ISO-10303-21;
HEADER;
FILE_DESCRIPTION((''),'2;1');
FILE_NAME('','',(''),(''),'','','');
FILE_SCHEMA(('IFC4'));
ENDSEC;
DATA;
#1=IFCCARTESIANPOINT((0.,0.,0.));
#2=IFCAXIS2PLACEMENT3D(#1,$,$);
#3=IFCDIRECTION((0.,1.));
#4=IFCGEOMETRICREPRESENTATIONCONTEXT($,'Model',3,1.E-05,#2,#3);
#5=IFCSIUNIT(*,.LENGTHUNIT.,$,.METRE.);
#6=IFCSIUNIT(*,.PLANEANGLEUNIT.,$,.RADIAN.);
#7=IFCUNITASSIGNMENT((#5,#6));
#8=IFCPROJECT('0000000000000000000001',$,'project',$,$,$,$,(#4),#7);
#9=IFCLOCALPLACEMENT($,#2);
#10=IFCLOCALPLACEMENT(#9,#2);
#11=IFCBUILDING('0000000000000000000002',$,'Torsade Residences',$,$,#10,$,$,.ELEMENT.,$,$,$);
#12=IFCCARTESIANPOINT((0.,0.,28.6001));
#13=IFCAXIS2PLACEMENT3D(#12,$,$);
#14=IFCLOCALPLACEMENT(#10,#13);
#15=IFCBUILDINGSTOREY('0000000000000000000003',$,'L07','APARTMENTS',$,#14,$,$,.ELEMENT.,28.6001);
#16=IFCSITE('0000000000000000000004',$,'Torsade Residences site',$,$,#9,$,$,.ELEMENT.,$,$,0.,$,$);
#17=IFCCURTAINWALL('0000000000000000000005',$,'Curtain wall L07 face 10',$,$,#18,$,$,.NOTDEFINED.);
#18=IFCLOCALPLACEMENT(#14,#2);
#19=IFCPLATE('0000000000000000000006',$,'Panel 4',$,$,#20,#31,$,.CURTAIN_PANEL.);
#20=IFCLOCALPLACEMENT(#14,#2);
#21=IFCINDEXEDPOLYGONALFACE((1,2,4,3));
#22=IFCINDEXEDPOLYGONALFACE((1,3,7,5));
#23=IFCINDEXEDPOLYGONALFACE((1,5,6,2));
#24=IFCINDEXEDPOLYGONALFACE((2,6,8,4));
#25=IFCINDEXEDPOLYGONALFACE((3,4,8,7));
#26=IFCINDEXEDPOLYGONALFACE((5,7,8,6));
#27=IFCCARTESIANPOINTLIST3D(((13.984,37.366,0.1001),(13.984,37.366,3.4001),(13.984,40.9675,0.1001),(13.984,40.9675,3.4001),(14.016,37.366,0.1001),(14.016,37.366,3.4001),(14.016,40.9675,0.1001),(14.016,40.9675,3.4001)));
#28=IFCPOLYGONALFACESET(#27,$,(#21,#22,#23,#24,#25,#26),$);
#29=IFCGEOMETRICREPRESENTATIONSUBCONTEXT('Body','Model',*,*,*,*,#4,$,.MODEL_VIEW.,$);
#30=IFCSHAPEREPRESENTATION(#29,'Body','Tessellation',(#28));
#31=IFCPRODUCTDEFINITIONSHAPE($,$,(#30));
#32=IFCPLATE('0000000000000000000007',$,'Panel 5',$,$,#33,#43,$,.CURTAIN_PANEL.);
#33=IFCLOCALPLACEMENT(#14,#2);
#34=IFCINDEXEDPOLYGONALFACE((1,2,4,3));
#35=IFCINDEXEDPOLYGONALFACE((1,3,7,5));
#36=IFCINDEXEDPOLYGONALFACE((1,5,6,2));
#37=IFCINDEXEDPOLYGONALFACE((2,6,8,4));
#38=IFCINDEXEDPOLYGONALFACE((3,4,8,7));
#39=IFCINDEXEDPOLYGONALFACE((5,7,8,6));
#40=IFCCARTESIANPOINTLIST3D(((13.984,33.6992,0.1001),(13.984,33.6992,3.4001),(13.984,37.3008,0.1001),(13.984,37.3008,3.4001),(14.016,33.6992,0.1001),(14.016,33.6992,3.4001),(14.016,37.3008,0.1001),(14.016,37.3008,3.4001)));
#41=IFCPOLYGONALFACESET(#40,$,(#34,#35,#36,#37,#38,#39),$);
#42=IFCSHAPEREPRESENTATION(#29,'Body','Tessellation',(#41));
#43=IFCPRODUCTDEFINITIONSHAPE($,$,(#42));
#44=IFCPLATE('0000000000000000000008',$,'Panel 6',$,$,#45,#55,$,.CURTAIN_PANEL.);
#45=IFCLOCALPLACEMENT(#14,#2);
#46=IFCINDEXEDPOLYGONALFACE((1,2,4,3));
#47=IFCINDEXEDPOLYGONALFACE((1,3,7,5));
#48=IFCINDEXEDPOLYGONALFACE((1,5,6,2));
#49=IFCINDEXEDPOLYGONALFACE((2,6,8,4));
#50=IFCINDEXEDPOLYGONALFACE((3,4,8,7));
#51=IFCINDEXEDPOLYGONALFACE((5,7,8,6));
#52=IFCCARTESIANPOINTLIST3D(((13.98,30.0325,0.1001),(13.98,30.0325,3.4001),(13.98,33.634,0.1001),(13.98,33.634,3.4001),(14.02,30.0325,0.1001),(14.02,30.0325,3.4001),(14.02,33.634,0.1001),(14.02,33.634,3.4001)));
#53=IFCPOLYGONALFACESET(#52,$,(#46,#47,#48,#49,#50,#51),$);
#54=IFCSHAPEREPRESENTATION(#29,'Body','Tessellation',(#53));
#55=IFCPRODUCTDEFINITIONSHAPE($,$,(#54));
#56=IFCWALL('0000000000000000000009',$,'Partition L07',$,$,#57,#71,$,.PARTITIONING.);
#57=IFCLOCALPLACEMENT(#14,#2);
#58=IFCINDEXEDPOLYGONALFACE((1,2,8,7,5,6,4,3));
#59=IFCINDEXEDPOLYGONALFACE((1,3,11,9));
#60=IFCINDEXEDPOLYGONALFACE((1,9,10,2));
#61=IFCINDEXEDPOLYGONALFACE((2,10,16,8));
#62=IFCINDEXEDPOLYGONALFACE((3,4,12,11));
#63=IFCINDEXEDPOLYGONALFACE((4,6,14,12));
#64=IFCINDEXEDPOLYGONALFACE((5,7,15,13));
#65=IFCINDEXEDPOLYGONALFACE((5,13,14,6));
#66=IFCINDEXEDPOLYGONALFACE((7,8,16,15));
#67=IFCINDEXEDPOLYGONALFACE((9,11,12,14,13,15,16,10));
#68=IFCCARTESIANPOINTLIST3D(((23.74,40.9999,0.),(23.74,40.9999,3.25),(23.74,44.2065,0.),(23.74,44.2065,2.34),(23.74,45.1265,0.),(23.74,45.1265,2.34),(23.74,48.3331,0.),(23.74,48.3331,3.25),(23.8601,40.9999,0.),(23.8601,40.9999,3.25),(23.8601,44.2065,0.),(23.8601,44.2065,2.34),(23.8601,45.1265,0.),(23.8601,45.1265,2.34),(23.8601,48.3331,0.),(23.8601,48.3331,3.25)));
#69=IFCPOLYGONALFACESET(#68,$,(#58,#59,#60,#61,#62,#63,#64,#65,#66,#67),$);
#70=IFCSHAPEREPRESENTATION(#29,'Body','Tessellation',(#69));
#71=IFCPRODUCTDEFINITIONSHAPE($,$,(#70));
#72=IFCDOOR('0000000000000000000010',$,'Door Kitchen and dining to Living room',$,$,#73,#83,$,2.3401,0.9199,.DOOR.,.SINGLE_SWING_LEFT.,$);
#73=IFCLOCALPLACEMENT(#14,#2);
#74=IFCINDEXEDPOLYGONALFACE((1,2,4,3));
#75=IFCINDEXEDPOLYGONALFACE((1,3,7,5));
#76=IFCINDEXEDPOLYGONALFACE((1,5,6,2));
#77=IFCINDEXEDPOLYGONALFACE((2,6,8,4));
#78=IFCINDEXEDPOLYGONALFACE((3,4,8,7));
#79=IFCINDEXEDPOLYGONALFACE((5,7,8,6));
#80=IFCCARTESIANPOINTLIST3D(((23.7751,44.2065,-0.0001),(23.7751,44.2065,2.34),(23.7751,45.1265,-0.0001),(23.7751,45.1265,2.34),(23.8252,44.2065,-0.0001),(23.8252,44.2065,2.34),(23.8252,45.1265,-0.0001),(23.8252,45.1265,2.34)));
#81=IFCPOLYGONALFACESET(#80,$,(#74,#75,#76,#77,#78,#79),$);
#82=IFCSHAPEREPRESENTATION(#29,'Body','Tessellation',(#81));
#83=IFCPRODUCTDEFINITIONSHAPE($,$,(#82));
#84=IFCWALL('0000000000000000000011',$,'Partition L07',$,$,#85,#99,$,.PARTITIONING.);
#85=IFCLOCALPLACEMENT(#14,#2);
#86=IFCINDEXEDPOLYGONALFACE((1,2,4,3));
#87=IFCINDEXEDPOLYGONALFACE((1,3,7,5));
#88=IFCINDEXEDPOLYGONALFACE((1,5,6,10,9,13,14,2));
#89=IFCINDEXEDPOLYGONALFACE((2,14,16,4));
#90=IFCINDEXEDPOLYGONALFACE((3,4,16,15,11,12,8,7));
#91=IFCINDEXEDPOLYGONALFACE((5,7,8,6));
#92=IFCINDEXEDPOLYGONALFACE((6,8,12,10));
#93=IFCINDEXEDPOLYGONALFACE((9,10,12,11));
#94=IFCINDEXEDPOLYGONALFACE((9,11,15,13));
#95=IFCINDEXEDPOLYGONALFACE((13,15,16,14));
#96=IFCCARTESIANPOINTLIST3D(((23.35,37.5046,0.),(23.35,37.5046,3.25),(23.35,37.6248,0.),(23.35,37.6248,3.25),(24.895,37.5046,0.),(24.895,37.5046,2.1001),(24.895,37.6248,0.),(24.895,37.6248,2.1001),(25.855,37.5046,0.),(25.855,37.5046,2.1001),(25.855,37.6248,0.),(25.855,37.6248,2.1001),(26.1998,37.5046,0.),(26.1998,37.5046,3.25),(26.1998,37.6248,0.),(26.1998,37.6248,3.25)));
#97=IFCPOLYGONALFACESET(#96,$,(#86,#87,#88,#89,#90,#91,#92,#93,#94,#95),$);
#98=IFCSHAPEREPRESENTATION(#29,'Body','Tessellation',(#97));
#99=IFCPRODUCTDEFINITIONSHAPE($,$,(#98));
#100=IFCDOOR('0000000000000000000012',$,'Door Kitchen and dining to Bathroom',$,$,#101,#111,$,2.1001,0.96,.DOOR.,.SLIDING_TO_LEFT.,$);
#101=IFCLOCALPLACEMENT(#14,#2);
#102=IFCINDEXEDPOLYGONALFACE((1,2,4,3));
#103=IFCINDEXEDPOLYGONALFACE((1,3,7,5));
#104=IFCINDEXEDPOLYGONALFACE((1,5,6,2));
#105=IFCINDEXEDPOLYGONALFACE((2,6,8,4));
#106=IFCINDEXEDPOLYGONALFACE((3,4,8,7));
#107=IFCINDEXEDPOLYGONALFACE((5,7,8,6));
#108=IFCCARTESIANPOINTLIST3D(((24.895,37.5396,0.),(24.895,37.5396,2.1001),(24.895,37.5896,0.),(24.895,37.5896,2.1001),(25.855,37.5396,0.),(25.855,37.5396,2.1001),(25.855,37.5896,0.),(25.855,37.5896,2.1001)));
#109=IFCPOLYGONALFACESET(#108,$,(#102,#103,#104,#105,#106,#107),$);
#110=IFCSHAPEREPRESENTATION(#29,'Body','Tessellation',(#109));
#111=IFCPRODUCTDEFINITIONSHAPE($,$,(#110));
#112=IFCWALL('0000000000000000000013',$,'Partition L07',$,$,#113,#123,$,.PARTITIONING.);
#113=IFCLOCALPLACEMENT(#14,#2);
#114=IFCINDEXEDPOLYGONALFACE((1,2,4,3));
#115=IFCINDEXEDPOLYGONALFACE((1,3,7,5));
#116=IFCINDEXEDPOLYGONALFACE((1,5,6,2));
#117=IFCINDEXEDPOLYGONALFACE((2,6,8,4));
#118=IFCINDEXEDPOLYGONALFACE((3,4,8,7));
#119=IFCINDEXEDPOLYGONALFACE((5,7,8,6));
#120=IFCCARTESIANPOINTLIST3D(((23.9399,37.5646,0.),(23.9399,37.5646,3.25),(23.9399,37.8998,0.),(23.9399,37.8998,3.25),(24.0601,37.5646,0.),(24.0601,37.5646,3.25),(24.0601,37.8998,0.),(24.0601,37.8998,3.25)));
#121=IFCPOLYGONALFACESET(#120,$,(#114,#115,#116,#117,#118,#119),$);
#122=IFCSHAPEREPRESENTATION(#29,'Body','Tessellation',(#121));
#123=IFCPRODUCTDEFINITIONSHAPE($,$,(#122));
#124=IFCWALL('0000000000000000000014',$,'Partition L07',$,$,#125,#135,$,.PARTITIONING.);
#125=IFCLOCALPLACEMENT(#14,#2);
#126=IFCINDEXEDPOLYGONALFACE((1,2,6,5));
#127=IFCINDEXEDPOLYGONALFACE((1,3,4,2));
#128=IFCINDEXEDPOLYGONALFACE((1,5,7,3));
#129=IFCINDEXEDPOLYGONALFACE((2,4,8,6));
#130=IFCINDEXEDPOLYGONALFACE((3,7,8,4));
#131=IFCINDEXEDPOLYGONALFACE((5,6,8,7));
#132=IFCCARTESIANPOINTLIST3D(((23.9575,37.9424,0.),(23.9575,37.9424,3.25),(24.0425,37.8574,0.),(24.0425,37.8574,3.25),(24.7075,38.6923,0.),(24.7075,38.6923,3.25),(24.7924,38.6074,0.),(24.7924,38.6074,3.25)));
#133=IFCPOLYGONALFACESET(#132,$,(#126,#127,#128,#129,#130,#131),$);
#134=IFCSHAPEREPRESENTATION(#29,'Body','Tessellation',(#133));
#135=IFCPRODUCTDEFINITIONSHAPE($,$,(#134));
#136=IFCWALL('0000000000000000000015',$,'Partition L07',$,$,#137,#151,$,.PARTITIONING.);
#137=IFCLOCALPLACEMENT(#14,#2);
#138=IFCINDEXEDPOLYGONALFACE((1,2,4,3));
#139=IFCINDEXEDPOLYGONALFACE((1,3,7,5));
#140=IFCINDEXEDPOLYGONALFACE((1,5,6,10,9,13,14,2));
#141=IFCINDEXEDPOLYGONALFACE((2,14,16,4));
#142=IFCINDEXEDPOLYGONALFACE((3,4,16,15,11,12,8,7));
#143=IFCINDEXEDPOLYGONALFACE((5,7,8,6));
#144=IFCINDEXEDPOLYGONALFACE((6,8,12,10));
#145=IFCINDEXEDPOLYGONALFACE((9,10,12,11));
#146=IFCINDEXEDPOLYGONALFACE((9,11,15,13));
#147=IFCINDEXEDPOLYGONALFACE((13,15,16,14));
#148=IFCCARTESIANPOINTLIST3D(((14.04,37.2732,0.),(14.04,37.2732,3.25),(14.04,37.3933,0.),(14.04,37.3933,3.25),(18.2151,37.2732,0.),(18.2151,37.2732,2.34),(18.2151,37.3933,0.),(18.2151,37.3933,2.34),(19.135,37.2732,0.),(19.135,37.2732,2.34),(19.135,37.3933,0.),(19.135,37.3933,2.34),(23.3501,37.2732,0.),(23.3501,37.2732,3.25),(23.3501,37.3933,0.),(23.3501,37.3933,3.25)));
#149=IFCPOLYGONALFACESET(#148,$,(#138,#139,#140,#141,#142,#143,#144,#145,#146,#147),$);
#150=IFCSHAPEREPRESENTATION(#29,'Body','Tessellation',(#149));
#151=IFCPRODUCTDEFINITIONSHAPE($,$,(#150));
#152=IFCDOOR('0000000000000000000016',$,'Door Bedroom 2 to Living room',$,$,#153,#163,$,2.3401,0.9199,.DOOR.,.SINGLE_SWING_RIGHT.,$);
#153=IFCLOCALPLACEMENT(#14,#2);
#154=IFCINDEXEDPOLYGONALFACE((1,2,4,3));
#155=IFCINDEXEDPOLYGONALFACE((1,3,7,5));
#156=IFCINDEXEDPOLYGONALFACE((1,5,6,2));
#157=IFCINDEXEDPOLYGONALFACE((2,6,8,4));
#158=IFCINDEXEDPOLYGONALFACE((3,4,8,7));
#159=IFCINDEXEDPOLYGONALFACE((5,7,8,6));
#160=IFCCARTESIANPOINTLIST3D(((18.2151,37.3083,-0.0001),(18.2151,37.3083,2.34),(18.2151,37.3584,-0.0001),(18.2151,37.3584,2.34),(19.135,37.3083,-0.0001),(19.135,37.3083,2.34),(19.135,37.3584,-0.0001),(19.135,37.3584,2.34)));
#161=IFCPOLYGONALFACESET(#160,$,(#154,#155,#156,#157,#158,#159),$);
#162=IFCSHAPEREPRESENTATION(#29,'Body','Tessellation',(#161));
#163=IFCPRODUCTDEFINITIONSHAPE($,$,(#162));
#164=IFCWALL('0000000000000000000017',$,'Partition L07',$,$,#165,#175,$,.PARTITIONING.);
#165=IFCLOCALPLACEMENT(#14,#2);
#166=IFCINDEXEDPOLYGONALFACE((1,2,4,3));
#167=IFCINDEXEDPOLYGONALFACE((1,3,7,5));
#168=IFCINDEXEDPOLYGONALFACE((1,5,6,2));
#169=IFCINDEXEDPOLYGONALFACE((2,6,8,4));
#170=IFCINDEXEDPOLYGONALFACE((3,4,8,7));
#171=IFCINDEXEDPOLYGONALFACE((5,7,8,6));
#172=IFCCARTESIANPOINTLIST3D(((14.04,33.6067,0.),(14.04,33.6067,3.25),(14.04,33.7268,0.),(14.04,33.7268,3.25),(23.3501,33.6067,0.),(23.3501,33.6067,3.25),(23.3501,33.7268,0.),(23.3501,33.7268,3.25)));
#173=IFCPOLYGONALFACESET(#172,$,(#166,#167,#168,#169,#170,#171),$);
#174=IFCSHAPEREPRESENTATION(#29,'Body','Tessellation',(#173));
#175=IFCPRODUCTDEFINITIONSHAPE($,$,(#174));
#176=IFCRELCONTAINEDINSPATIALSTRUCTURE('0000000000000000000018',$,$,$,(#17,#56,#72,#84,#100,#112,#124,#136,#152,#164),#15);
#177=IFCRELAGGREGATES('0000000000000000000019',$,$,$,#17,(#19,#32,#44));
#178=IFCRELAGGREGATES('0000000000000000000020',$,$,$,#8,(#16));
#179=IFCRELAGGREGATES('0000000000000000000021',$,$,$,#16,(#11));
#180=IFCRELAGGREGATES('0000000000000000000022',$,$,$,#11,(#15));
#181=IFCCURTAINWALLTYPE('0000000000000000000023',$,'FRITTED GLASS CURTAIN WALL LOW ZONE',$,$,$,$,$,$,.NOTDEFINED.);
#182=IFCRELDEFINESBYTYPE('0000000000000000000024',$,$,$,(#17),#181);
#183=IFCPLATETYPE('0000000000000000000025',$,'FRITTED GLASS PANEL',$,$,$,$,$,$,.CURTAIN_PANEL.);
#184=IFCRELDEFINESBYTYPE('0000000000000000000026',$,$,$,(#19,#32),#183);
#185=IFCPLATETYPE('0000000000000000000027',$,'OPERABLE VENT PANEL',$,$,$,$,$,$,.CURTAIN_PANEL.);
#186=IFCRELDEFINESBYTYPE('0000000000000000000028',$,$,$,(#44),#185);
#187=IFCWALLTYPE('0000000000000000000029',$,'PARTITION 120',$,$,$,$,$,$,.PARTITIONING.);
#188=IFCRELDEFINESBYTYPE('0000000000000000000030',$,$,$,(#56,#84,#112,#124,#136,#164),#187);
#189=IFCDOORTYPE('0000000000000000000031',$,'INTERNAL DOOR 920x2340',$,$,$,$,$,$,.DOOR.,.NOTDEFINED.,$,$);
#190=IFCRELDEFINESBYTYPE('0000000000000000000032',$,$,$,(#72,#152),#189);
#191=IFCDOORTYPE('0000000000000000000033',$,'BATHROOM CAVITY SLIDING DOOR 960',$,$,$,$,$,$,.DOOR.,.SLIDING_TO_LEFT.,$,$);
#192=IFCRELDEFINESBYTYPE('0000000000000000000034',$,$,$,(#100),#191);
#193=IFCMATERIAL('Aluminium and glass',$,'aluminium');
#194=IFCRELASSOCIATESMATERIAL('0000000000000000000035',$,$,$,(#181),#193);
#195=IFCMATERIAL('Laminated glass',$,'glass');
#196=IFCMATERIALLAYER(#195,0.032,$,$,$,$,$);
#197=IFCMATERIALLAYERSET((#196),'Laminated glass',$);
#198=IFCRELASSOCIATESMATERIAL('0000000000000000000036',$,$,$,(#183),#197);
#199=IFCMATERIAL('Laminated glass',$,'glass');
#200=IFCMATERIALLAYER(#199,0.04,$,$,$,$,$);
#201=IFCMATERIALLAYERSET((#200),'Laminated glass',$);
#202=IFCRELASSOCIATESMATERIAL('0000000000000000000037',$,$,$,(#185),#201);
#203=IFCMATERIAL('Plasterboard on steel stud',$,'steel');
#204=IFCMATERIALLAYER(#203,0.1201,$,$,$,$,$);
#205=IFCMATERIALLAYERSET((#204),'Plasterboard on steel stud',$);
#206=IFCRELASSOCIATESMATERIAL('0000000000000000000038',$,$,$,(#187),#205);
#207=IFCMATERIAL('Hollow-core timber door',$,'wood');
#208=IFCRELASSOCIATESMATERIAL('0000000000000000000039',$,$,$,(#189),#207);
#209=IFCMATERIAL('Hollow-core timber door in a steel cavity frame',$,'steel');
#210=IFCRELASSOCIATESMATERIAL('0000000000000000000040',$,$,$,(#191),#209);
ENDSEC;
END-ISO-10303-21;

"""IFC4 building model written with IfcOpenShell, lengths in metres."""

from ifc_helpers import new_model, si_unit, direction, frame, frame_2d, origin, origin_2d, place, context, subcontext, project, spatial, rectangle, extrude, material, layer, layer_set, type_object, element, fill, aggregate, save


model = new_model("IFC4")

# Units and contexts
model_context = context("Model", 3, precision=1e-05, world=origin(), true_north=direction((0.0, 1.0)))
body_context = subcontext(model_context, "Body", "Model", "MODEL_VIEW")
ifc_project = project(units=[si_unit("LENGTHUNIT", "METRE"), si_unit("PLANEANGLEUNIT", "RADIAN")], contexts=[model_context])

# Site, building, storey
site_placement = place(None, origin())
site = spatial("IfcSite", under=ifc_project, at=site_placement, Name="Torsade Residences site", CompositionType="ELEMENT", RefElevation=0.0)
building_placement = place(site_placement, origin())
building = spatial("IfcBuilding", under=site, at=building_placement, Name="Torsade Residences", CompositionType="ELEMENT")
storey_placement = place(building_placement, frame((0.0, 0.0, 28.6001)))
storey = spatial("IfcBuildingStorey", under=building, at=storey_placement, Name="L07", Description="APARTMENTS", CompositionType="ELEMENT", Elevation=28.6001)

# Curtain wall
ifc_material_1 = material(Name="Aluminium and glass", Category="aluminium")
curtain_wall_type = type_object("IfcCurtainWallType", Name="FRITTED GLASS CURTAIN WALL LOW ZONE", PredefinedType="NOTDEFINED", material=ifc_material_1)
curtain_wall_placement = place(storey_placement, origin())
curtain_wall = element("IfcCurtainWall", 1, at=curtain_wall_placement, inside=storey, type_object=curtain_wall_type, Name="Curtain wall L07 face 10", PredefinedType="NOTDEFINED")

# Plates
ifc_material_2 = material(Name="Laminated glass", Category="glass")
ifc_layer_1 = layer(ifc_material_2, 0.032)
ifc_layer_set_1 = layer_set([ifc_layer_1], Name="Laminated glass")
plate_type_1 = type_object("IfcPlateType", Name="FRITTED GLASS PANEL", PredefinedType="CURTAIN_PANEL", material=ifc_layer_set_1)
plate_1_placement = place(storey_placement, frame((14.0, 39.1667, 0.1001), z_axis=(0.0, 0.0, 1.0), x_axis=(0.0, -1.0, 0.0)))
plate_1 = element("IfcPlate", 2, at=plate_1_placement, type_object=plate_type_1, Name="Panel 4", PredefinedType="CURTAIN_PANEL", context=body_context, shape_type="SweptSolid", body=[
    extrude(rectangle(XDim=3.6016, YDim=0.032, at=origin_2d()), origin(), (0.0, 0.0, 1.0), 3.3),
])
plate_2_placement = place(storey_placement, frame((14.0, 35.5, 0.1001), z_axis=(0.0, 0.0, 1.0), x_axis=(0.0, -1.0, 0.0)))
plate_2 = element("IfcPlate", 3, at=plate_2_placement, type_object=plate_type_1, Name="Panel 5", PredefinedType="CURTAIN_PANEL", context=body_context, shape_type="SweptSolid", body=[
    extrude(rectangle(XDim=3.6016, YDim=0.032, at=origin_2d()), origin(), (0.0, 0.0, 1.0), 3.3),
])
ifc_material_3 = material(Name="Laminated glass", Category="glass")
ifc_layer_2 = layer(ifc_material_3, 0.04)
ifc_layer_set_2 = layer_set([ifc_layer_2], Name="Laminated glass")
plate_type_2 = type_object("IfcPlateType", Name="OPERABLE VENT PANEL", PredefinedType="CURTAIN_PANEL", material=ifc_layer_set_2)
plate_3_placement = place(storey_placement, frame((14.0, 31.8333, 0.1001), z_axis=(0.0, 0.0, 1.0), x_axis=(0.0, -1.0, 0.0)))
plate_3 = element("IfcPlate", 4, at=plate_3_placement, type_object=plate_type_2, Name="Panel 6", PredefinedType="CURTAIN_PANEL", context=body_context, shape_type="SweptSolid", body=[
    extrude(rectangle(XDim=3.6016, YDim=0.04, at=origin_2d()), origin(), (0.0, 0.0, 1.0), 3.3),
])
aggregate(curtain_wall, [plate_1, plate_2, plate_3])

# Walls, openings, doors
ifc_material_4 = material(Name="Plasterboard on steel stud", Category="steel")
ifc_layer_3 = layer(ifc_material_4, 0.1201)
ifc_layer_set_3 = layer_set([ifc_layer_3], Name="Plasterboard on steel stud")
wall_type_1 = type_object("IfcWallType", Name="PARTITION 120", PredefinedType="PARTITIONING", material=ifc_layer_set_3)
wall_1_placement = place(storey_placement, frame((23.8, 41.0, 0.0), z_axis=(0.0, 0.0, 1.0), x_axis=(0.0, 1.0, 0.0)))
wall_1 = element("IfcWall", 5, at=wall_1_placement, inside=storey, type_object=wall_type_1, Name="Partition L07", PredefinedType="PARTITIONING", context=body_context, shape_type="SweptSolid", body=[
    extrude(rectangle(XDim=7.3333, YDim=0.1201, at=frame_2d((3.6665, 0.0))), origin(), (0.0, 0.0, 1.0), 3.25),
])
opening_1_placement = place(wall_1_placement, frame((3.2065, 0.0, 0.0)))
opening_1 = element("IfcOpeningElement", 6, at=opening_1_placement, cuts=wall_1, PredefinedType="OPENING", context=body_context, shape_type="SweptSolid", body=[
    extrude(rectangle(XDim=0.9199, YDim=2.3401, at=frame_2d((0.46, 1.1699))), frame((0.0, 0.0701, 0.0), z_axis=(0.0, -1.0, 0.0), x_axis=(1.0, 0.0, 0.0)), (0.0, 0.0, 1.0), 0.1401),
])
ifc_material_5 = material(Name="Hollow-core timber door", Category="wood")
door_type_1 = type_object("IfcDoorType", Name="INTERNAL DOOR 920x2340", OperationType="NOTDEFINED", PredefinedType="DOOR", material=ifc_material_5)
door_1_placement = place(opening_1_placement, origin())
door_1 = element("IfcDoor", 7, at=door_1_placement, inside=storey, type_object=door_type_1, Name="Door Kitchen and dining to Living room", OperationType="SINGLE_SWING_LEFT", OverallHeight=2.3401, OverallWidth=0.9199, PredefinedType="DOOR", context=body_context, shape_type="SweptSolid", body=[
    extrude(rectangle(XDim=0.9199, YDim=2.3401, at=frame_2d((0.46, 1.1699))), frame((0.0, 0.0249, 0.0), z_axis=(0.0, -1.0, 0.0), x_axis=(1.0, 0.0, 0.0)), (0.0, 0.0, 1.0), 0.05),
])
fill(opening_1, door_1)
wall_2_placement = place(storey_placement, frame((23.3501, 37.5647, 0.0), z_axis=(0.0, 0.0, 1.0), x_axis=(1.0, 0.0, 0.0)))
wall_2 = element("IfcWall", 8, at=wall_2_placement, inside=storey, type_object=wall_type_1, Name="Partition L07", PredefinedType="PARTITIONING", context=body_context, shape_type="SweptSolid", body=[
    extrude(rectangle(XDim=2.8499, YDim=0.1201, at=frame_2d((1.4248, 0.0))), origin(), (0.0, 0.0, 1.0), 3.25),
])
opening_2_placement = place(wall_2_placement, frame((1.5449, 0.0, 0.0)))
opening_2 = element("IfcOpeningElement", 9, at=opening_2_placement, cuts=wall_2, PredefinedType="OPENING", context=body_context, shape_type="SweptSolid", body=[
    extrude(rectangle(XDim=0.96, YDim=2.1001, at=frame_2d((0.48, 1.05))), frame((0.0, 0.0701, 0.0), z_axis=(0.0, -1.0, 0.0), x_axis=(1.0, 0.0, 0.0)), (0.0, 0.0, 1.0), 0.1401),
])
ifc_material_6 = material(Name="Hollow-core timber door in a steel cavity frame", Category="steel")
door_type_2 = type_object("IfcDoorType", Name="BATHROOM CAVITY SLIDING DOOR 960", OperationType="SLIDING_TO_LEFT", PredefinedType="DOOR", material=ifc_material_6)
door_2_placement = place(opening_2_placement, origin())
door_2 = element("IfcDoor", 10, at=door_2_placement, inside=storey, type_object=door_type_2, Name="Door Kitchen and dining to Bathroom", OperationType="SLIDING_TO_LEFT", OverallHeight=2.1001, OverallWidth=0.96, PredefinedType="DOOR", context=body_context, shape_type="SweptSolid", body=[
    extrude(rectangle(XDim=0.96, YDim=2.1001, at=frame_2d((0.48, 1.05))), frame((0.0, 0.0249, 0.0), z_axis=(0.0, -1.0, 0.0), x_axis=(1.0, 0.0, 0.0)), (0.0, 0.0, 1.0), 0.05),
])
fill(opening_2, door_2)

# Walls
wall_3_placement = place(storey_placement, frame((24.0, 37.5647, 0.0), z_axis=(0.0, 0.0, 1.0), x_axis=(0.0, 1.0, 0.0)))
element("IfcWall", 11, at=wall_3_placement, inside=storey, type_object=wall_type_1, Name="Partition L07", PredefinedType="PARTITIONING", context=body_context, shape_type="SweptSolid", body=[
    extrude(rectangle(XDim=0.3352, YDim=0.1201, at=frame_2d((0.1675, 0.0))), origin(), (0.0, 0.0, 1.0), 3.25),
])
wall_4_placement = place(storey_placement, frame((24.0, 37.8999, 0.0), z_axis=(0.0, 0.0, 1.0), x_axis=(0.707107, 0.707107, 0.0)))
element("IfcWall", 12, at=wall_4_placement, inside=storey, type_object=wall_type_1, Name="Partition L07", PredefinedType="PARTITIONING", context=body_context, shape_type="SweptSolid", body=[
    extrude(rectangle(XDim=1.0605, YDim=0.1201, at=frame_2d((0.5303, 0.0))), origin(), (0.0, 0.0, 1.0), 3.25),
])

# Wall, opening, door
wall_5_placement = place(storey_placement, frame((23.3501, 37.3333, 0.0), z_axis=(0.0, 0.0, 1.0), x_axis=(-1.0, 0.0, 0.0)))
wall_5 = element("IfcWall", 13, at=wall_5_placement, inside=storey, type_object=wall_type_1, Name="Partition L07", PredefinedType="PARTITIONING", context=body_context, shape_type="SweptSolid", body=[
    extrude(rectangle(XDim=9.3101, YDim=0.1201, at=frame_2d((4.655, 0.0))), origin(), (0.0, 0.0, 1.0), 3.25),
])
opening_3_placement = place(wall_5_placement, frame((4.2151, 0.0, 0.0)))
opening_3 = element("IfcOpeningElement", 14, at=opening_3_placement, cuts=wall_5, PredefinedType="OPENING", context=body_context, shape_type="SweptSolid", body=[
    extrude(rectangle(XDim=0.9199, YDim=2.3401, at=frame_2d((0.46, 1.1699))), frame((0.0, 0.0701, 0.0), z_axis=(0.0, -1.0, 0.0), x_axis=(1.0, 0.0, 0.0)), (0.0, 0.0, 1.0), 0.1401),
])
door_3_placement = place(opening_3_placement, origin())
door_3 = element("IfcDoor", 15, at=door_3_placement, inside=storey, type_object=door_type_1, Name="Door Bedroom 2 to Living room", OperationType="SINGLE_SWING_RIGHT", OverallHeight=2.3401, OverallWidth=0.9199, PredefinedType="DOOR", context=body_context, shape_type="SweptSolid", body=[
    extrude(rectangle(XDim=0.9199, YDim=2.3401, at=frame_2d((0.46, 1.1699))), frame((0.0, 0.0249, 0.0), z_axis=(0.0, -1.0, 0.0), x_axis=(1.0, 0.0, 0.0)), (0.0, 0.0, 1.0), 0.05),
])
fill(opening_3, door_3)

# Wall
wall_6_placement = place(storey_placement, frame((14.04, 33.6667, 0.0), z_axis=(0.0, 0.0, 1.0), x_axis=(1.0, 0.0, 0.0)))
element("IfcWall", 16, at=wall_6_placement, inside=storey, type_object=wall_type_1, Name="Partition L07", PredefinedType="PARTITIONING", context=body_context, shape_type="SweptSolid", body=[
    extrude(rectangle(XDim=9.3101, YDim=0.1201, at=frame_2d((4.655, 0.0))), origin(), (0.0, 0.0, 1.0), 3.25),
])

save(model, "model.ifc")
